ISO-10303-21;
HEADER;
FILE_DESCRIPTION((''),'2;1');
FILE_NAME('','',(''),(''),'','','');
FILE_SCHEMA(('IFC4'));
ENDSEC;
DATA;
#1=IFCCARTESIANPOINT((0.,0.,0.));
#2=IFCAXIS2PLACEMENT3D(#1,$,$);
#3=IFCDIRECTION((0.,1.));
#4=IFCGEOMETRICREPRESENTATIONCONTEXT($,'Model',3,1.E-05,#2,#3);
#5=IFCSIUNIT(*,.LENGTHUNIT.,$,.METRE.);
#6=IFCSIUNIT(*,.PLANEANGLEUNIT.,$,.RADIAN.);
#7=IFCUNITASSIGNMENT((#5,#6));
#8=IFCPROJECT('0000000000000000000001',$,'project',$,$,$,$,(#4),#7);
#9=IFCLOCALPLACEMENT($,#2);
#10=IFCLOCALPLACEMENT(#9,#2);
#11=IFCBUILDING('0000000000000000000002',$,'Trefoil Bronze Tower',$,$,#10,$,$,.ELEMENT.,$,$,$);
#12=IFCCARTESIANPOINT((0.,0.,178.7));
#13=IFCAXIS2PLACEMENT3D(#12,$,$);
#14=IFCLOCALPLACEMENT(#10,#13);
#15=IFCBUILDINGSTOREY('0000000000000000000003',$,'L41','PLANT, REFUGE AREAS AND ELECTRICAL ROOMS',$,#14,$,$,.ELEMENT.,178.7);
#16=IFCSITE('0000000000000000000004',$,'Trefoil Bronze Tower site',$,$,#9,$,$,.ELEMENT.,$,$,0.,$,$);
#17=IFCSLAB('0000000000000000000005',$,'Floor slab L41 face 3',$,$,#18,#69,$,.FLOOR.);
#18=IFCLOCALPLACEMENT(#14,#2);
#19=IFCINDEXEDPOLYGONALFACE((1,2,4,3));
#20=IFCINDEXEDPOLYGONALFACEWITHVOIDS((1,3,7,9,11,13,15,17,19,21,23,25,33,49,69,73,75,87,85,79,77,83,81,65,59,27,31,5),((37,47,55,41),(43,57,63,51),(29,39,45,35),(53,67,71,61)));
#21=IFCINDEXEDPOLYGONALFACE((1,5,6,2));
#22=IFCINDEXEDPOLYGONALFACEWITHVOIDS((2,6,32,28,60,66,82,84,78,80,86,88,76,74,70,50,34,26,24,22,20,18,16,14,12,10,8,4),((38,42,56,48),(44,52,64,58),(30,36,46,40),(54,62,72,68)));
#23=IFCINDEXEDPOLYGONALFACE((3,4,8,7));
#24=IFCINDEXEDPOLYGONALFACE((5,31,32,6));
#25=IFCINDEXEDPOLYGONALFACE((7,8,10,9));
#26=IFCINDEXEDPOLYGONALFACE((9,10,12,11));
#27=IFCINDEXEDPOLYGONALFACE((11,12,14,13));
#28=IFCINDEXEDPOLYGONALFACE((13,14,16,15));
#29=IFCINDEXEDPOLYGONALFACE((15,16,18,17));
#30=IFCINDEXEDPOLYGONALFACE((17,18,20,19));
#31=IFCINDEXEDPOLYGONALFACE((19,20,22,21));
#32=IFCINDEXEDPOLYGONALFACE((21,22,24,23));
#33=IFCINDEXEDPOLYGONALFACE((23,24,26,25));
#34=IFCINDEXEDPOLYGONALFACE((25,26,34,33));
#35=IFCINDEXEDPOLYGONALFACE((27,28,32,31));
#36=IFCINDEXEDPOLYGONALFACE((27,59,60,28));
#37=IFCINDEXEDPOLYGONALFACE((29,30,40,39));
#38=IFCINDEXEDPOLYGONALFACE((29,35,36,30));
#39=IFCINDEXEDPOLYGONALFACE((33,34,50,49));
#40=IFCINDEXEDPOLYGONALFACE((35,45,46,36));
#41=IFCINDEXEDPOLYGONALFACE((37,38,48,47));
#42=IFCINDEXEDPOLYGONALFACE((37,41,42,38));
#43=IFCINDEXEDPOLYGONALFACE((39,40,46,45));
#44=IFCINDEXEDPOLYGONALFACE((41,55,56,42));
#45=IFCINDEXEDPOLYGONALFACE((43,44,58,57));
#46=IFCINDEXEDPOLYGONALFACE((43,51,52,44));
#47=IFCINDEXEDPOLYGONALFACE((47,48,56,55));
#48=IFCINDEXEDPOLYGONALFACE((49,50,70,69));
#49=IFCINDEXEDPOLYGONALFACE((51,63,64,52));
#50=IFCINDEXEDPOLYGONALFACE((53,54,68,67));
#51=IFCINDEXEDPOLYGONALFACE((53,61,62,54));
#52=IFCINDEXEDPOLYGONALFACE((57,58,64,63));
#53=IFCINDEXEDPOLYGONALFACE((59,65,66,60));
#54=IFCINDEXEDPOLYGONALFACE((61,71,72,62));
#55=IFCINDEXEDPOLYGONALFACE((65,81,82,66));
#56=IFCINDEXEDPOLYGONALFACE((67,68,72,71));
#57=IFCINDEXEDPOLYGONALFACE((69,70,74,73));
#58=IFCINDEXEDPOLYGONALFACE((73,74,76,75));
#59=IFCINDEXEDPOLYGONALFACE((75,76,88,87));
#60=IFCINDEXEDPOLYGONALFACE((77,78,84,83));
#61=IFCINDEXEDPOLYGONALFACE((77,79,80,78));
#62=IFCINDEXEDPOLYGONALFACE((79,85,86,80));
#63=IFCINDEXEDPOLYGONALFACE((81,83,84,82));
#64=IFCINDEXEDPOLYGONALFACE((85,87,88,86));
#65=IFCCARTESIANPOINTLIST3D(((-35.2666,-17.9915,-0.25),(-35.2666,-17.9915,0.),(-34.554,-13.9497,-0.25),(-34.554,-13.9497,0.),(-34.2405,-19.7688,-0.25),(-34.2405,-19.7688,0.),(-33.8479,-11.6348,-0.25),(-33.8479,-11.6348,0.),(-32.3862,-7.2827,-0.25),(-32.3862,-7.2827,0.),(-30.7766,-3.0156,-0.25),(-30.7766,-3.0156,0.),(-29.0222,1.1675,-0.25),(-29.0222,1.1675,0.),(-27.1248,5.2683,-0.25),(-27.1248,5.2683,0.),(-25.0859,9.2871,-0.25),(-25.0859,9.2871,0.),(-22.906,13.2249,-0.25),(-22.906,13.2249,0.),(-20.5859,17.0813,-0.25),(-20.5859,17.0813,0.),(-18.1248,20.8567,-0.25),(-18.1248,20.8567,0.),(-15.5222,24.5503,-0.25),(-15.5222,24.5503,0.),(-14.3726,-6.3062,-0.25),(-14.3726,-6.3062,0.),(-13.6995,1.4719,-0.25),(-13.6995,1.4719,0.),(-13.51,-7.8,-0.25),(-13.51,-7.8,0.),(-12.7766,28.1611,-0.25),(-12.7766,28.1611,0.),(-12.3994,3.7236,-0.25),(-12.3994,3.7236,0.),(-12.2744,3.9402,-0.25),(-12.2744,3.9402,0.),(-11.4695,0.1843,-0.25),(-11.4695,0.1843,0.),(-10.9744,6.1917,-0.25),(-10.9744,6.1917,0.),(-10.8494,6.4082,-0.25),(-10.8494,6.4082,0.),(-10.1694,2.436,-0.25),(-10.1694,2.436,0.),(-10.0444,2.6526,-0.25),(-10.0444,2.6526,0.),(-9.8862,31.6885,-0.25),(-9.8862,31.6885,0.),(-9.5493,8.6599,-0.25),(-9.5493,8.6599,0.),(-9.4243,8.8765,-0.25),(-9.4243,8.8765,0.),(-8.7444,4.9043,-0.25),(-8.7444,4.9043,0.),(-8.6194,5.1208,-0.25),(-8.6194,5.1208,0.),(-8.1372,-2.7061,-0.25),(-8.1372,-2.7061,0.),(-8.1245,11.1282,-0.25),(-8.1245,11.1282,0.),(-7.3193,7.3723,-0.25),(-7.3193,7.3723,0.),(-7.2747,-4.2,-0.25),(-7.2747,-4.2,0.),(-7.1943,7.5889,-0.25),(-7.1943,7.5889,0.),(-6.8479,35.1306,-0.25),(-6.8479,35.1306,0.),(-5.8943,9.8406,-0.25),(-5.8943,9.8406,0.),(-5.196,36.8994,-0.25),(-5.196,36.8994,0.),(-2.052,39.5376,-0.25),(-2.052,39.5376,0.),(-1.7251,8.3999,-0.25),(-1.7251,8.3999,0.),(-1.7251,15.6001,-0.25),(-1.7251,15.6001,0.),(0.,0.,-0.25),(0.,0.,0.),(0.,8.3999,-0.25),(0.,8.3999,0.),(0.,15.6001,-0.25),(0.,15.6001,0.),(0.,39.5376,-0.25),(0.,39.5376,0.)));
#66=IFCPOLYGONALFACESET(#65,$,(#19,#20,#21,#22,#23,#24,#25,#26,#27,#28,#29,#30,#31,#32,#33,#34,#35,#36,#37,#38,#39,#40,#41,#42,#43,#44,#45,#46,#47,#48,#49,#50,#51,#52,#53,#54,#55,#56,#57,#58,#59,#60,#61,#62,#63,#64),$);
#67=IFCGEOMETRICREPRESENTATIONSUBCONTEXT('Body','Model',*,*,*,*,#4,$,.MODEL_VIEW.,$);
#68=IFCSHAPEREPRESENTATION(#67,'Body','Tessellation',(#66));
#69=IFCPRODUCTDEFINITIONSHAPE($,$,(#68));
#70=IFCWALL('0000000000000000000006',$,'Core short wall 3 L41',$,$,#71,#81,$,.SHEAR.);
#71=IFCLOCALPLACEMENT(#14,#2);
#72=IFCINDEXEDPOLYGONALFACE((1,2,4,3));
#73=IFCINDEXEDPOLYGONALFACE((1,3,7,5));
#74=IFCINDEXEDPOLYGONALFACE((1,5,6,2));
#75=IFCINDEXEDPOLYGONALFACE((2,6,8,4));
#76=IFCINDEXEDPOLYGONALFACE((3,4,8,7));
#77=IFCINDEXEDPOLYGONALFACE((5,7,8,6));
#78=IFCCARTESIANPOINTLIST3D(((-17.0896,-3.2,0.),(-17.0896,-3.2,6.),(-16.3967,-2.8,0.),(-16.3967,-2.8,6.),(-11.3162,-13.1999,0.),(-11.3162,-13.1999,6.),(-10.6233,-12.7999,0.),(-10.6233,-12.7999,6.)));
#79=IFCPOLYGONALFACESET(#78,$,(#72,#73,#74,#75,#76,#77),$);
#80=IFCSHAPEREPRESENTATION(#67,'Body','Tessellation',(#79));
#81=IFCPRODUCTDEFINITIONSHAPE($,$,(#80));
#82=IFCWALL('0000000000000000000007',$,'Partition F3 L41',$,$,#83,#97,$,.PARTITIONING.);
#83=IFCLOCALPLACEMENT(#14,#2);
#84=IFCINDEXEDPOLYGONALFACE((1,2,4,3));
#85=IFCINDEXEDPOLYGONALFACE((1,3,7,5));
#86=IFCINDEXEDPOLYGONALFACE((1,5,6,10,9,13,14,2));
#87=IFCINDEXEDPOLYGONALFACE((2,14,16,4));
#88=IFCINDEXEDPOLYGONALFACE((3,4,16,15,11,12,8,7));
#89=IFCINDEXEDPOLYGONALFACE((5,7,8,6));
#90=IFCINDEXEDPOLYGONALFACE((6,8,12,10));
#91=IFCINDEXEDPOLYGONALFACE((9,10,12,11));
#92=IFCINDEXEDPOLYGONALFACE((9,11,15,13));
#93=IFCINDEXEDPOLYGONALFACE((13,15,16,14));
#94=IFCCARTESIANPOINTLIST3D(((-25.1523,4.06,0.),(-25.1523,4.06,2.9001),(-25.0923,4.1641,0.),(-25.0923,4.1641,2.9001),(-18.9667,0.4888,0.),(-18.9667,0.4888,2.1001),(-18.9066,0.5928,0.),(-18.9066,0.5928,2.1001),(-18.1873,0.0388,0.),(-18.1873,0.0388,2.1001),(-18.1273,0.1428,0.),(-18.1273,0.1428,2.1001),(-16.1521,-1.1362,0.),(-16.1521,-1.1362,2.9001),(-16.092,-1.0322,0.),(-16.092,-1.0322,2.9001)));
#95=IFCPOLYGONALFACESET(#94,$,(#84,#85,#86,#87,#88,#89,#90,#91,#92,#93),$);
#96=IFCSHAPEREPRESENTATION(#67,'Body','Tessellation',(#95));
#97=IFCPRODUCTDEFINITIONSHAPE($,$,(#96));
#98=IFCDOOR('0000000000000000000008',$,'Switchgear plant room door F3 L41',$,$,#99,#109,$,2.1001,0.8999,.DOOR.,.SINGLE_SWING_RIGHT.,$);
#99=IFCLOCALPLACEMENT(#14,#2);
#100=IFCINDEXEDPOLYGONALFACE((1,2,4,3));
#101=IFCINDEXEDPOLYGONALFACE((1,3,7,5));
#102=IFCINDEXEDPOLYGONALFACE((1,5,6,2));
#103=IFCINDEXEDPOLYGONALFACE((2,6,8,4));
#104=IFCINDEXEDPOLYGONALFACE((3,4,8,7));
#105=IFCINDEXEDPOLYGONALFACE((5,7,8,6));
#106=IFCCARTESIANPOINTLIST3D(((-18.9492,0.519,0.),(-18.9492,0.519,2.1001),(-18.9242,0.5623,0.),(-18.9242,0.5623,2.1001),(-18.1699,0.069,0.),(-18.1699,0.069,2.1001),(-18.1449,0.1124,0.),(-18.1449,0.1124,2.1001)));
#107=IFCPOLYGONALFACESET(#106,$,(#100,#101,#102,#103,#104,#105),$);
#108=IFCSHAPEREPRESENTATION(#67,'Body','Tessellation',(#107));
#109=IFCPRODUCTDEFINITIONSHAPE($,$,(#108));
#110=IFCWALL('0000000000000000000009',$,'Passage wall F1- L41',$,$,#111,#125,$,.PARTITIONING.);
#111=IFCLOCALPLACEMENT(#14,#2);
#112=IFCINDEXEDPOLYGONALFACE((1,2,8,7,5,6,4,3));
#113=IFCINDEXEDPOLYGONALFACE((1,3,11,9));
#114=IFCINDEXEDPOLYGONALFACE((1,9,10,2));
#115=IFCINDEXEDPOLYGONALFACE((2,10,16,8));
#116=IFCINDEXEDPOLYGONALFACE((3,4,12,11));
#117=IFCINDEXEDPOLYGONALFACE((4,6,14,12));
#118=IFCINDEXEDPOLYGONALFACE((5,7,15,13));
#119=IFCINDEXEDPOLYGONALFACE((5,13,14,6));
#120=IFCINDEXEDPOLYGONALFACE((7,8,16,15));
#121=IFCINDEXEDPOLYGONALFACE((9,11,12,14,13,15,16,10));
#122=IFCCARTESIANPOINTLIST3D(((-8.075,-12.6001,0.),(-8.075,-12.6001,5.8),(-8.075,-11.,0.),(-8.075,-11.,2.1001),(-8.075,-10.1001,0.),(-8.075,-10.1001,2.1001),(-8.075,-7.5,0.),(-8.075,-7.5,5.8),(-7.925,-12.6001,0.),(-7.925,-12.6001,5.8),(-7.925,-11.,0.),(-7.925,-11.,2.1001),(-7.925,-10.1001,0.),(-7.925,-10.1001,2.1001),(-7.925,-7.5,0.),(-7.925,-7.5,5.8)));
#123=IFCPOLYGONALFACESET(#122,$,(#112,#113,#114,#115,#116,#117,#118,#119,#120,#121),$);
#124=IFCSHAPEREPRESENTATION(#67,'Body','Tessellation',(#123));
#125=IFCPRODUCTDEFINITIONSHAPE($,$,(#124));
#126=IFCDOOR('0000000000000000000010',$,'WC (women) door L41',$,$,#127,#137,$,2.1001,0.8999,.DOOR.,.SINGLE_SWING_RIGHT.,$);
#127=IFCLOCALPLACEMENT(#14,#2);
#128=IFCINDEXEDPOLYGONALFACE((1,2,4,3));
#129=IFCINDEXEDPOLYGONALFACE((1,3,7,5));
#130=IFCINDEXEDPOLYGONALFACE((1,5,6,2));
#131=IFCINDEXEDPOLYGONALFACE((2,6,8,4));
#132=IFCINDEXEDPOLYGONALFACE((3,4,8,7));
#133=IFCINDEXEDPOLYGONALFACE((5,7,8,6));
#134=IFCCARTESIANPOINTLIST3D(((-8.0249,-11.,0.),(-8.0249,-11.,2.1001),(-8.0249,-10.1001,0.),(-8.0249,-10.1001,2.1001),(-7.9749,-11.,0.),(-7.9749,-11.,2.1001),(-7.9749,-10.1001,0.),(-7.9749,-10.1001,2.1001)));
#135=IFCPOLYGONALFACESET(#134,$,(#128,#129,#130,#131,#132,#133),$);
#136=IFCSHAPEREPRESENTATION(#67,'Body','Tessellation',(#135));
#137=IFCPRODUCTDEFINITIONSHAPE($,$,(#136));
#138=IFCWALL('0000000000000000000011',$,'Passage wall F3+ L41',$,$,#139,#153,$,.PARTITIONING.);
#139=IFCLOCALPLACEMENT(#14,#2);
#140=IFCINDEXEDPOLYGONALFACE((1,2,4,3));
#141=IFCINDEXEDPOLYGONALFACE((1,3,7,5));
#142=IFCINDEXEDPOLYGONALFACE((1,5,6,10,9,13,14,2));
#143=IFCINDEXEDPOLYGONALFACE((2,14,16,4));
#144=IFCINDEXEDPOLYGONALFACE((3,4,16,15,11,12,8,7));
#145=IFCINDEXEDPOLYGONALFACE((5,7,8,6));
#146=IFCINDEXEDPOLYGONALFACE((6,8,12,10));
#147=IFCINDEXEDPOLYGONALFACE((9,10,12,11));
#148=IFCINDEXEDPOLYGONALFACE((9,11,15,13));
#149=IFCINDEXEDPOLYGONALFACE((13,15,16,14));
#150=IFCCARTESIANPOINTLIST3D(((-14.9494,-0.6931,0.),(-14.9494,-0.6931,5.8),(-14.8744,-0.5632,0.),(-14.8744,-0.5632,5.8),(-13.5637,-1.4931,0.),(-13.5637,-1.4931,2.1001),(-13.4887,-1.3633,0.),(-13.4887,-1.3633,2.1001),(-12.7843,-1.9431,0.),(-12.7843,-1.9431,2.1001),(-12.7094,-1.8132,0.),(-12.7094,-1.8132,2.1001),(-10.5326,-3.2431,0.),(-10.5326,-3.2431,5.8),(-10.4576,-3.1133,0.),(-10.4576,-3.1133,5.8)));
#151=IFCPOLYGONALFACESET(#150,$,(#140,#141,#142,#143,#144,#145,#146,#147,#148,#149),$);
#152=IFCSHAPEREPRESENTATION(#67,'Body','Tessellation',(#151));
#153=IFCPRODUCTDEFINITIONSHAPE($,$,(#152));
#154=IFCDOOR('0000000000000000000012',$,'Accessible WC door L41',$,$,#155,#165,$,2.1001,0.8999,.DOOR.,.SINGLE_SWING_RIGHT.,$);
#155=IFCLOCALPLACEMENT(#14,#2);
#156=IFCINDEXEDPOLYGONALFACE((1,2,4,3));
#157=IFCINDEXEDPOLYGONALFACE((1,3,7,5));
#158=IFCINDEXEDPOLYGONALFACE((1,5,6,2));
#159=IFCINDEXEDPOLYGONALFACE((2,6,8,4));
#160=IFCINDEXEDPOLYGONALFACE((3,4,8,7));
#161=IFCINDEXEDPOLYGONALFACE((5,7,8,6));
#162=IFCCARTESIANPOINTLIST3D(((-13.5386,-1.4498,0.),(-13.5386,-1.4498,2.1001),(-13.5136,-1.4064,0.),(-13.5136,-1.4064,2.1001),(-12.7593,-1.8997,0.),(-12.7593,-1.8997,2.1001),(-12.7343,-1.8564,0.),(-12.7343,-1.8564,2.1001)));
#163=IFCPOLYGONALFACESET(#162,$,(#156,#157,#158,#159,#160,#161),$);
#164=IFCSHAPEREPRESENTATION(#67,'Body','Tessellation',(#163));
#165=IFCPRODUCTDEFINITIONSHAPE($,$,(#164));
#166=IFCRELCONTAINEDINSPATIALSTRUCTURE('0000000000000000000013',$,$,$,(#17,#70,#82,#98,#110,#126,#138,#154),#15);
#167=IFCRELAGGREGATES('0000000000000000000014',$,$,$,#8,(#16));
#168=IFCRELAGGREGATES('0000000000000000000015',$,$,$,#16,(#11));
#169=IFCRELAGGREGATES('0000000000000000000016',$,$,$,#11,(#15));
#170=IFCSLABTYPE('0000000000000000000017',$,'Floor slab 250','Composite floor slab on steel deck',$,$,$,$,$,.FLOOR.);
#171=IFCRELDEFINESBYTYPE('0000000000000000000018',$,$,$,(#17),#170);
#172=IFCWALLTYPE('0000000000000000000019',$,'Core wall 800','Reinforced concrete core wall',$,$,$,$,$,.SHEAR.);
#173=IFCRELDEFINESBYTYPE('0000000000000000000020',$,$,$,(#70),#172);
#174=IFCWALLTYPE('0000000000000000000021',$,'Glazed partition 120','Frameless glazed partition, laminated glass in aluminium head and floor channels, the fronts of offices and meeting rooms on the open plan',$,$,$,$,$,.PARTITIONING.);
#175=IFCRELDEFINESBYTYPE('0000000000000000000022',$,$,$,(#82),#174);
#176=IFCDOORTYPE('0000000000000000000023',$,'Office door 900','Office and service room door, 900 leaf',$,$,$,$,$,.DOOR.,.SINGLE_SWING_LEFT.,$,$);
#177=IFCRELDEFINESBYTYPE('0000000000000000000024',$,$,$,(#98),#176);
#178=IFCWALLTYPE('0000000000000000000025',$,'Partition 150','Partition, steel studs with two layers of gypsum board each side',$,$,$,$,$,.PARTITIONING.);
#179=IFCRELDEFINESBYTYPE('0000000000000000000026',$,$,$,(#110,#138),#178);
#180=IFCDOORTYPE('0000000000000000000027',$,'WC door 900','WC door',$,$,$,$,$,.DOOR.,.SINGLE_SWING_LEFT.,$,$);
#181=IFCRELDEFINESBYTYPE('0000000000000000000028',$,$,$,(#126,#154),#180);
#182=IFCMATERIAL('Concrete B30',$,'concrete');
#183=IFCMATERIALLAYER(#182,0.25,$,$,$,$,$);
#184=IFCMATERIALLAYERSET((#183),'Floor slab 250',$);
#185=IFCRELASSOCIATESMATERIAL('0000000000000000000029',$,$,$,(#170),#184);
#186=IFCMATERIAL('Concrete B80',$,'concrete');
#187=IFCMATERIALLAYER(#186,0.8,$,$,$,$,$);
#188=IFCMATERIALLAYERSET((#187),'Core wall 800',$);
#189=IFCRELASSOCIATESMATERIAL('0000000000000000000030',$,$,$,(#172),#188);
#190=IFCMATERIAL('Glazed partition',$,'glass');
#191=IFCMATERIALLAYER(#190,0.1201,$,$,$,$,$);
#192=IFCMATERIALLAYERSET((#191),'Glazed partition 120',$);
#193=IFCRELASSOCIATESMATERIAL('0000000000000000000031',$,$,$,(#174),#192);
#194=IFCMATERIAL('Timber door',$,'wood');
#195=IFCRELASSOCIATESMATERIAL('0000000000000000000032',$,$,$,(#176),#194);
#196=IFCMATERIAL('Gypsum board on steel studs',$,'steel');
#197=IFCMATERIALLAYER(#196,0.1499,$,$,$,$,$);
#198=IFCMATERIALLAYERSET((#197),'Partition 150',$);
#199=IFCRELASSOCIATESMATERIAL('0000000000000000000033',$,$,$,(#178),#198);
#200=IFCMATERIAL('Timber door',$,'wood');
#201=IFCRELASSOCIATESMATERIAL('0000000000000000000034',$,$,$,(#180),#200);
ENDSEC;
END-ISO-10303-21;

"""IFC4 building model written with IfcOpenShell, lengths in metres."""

from ifc_helpers import new_model, si_unit, direction, frame, frame_2d, origin, place, context, subcontext, project, spatial, polyline, rectangle, outline, extrude, material, layer, layer_set, type_object, element, fill, save


model = new_model("IFC4")

# Units and contexts
model_context = context("Model", 3, precision=1e-05, world=origin(), true_north=direction((0.0, 1.0)))
body_context = subcontext(model_context, "Body", "Model", "MODEL_VIEW")
ifc_project = project(units=[si_unit("LENGTHUNIT", "METRE"), si_unit("PLANEANGLEUNIT", "RADIAN")], contexts=[model_context])

# Site, building, storey
site_placement = place(None, origin())
site = spatial("IfcSite", under=ifc_project, at=site_placement, Name="Trefoil Bronze Tower site", CompositionType="ELEMENT", RefElevation=0.0)
building_placement = place(site_placement, origin())
building = spatial("IfcBuilding", under=site, at=building_placement, Name="Trefoil Bronze Tower", CompositionType="ELEMENT")
storey_placement = place(building_placement, frame((0.0, 0.0, 178.7)))
storey = spatial("IfcBuildingStorey", under=building, at=storey_placement, Name="L41", Description="PLANT, REFUGE AREAS AND ELECTRICAL ROOMS", CompositionType="ELEMENT", Elevation=178.7)

# Slab
ifc_material_1 = material(Name="Concrete B30", Category="concrete")
ifc_layer_1 = layer(ifc_material_1, 0.25)
ifc_layer_set_1 = layer_set([ifc_layer_1], Name="Floor slab 250")
slab_type = type_object("IfcSlabType", Name="Floor slab 250", Description="Composite floor slab on steel deck", PredefinedType="FLOOR", material=ifc_layer_set_1)
slab_1_placement = place(storey_placement, frame((0.0, 0.0, -0.25)))
element("IfcSlab", 1, at=slab_1_placement, inside=storey, type_object=slab_type, Name="Floor slab L41 face 3", PredefinedType="FLOOR", context=body_context, shape_type="SweptSolid", body=[
    extrude(outline(polyline([(-32.3862, -7.2827), (-30.7766, -3.0156), (-29.0222, 1.1675), (-27.1248, 5.2683), (-25.0859, 9.2871), (-22.906, 13.2249), (-20.5859, 17.0813), (-18.1248, 20.8567), (-15.5222, 24.5503), (-12.7766, 28.1611), (-9.8862, 31.6885), (-6.8479, 35.1306), (-5.196, 36.8994), (-2.052, 39.5376), (0.0, 39.5376), (0.0, 15.6001), (-1.7251, 15.6001), (-1.7251, 8.3999), (0.0, 8.3999), (0.0, 0.0), (-7.2747, -4.2), (-8.1372, -2.7061), (-14.3726, -6.3062), (-13.51, -7.8), (-34.2405, -19.7688), (-35.2666, -17.9915), (-34.554, -13.9497), (-33.8479, -11.6348), (-32.3862, -7.2827)]), holes=[polyline([(-5.8943, 9.8406), (-7.1943, 7.5889), (-9.4243, 8.8765), (-8.1245, 11.1282), (-5.8943, 9.8406)]), polyline([(-7.3193, 7.3723), (-8.6194, 5.1208), (-10.8494, 6.4082), (-9.5493, 8.6599), (-7.3193, 7.3723)]), polyline([(-8.7444, 4.9043), (-10.0444, 2.6526), (-12.2744, 3.9402), (-10.9744, 6.1917), (-8.7444, 4.9043)]), polyline([(-10.1694, 2.436), (-11.4695, 0.1843), (-13.6995, 1.4719), (-12.3994, 3.7236), (-10.1694, 2.436)])]), origin(), (0.0, 0.0, 1.0), 0.25),
])

# Wall
ifc_material_2 = material(Name="Concrete B80", Category="concrete")
ifc_layer_2 = layer(ifc_material_2, 0.8)
ifc_layer_set_2 = layer_set([ifc_layer_2], Name="Core wall 800")
wall_type_1 = type_object("IfcWallType", Name="Core wall 800", Description="Reinforced concrete core wall", PredefinedType="SHEAR", material=ifc_layer_set_2)
wall_1_placement = place(storey_placement, frame((-16.7432, -3.0, 0.0), z_axis=(0.0, 0.0, 1.0), x_axis=(0.499996, -0.866028, 0.0)))
element("IfcWall", 2, at=wall_1_placement, inside=storey, type_object=wall_type_1, Name="Core short wall 3 L41", PredefinedType="SHEAR", context=body_context, shape_type="SweptSolid", body=[
    extrude(rectangle(XDim=11.5469, YDim=0.8, at=frame_2d((5.7734, 0.0))), origin(), (0.0, 0.0, 1.0), 6.0),
])

# Walls, openings, doors
ifc_material_3 = material(Name="Glazed partition", Category="glass")
ifc_layer_3 = layer(ifc_material_3, 0.1201)
ifc_layer_set_3 = layer_set([ifc_layer_3], Name="Glazed partition 120")
wall_type_2 = type_object("IfcWallType", Name="Glazed partition 120", Description="Frameless glazed partition, laminated glass in aluminium head and floor channels, the fronts of offices and meeting rooms on the open plan", PredefinedType="PARTITIONING", material=ifc_layer_set_3)
wall_2_placement = place(storey_placement, frame((-16.1221, -1.0842, 0.0), z_axis=(0.0, 0.0, 1.0), x_axis=(-0.866026, 0.5, 0.0)))
wall_2 = element("IfcWall", 3, at=wall_2_placement, inside=storey, type_object=wall_type_2, Name="Partition F3 L41", PredefinedType="PARTITIONING", context=body_context, shape_type="SweptSolid", body=[
    extrude(rectangle(XDim=10.3926, YDim=0.1201, at=frame_2d((5.1963, 0.0))), origin(), (0.0, 0.0, 1.0), 2.9001),
])
opening_1_placement = place(wall_2_placement, frame((2.3501, 0.0, 0.0)))
opening_1 = element("IfcOpeningElement", 4, at=opening_1_placement, cuts=wall_2, PredefinedType="OPENING", context=body_context, shape_type="SweptSolid", body=[
    extrude(rectangle(XDim=0.8999, YDim=2.1001, at=frame_2d((0.45, 1.05))), frame((0.0, 0.0701, 0.0), z_axis=(0.0, -1.0, 0.0), x_axis=(1.0, 0.0, 0.0)), (0.0, 0.0, 1.0), 0.1401),
])
ifc_material_4 = material(Name="Timber door", Category="wood")
door_type_1 = type_object("IfcDoorType", Name="Office door 900", Description="Office and service room door, 900 leaf", OperationType="SINGLE_SWING_LEFT", PredefinedType="DOOR", material=ifc_material_4)
door_1_placement = place(opening_1_placement, frame((0.8999, 0.0, 0.0), z_axis=(0.0, 0.0, 1.0), x_axis=(-1.0, 0.0, 0.0)))
door_1 = element("IfcDoor", 5, at=door_1_placement, inside=storey, type_object=door_type_1, Name="Switchgear plant room door F3 L41", OperationType="SINGLE_SWING_RIGHT", OverallHeight=2.1001, OverallWidth=0.8999, PredefinedType="DOOR", context=body_context, shape_type="SweptSolid", body=[
    extrude(rectangle(XDim=0.8999, YDim=2.1001, at=frame_2d((0.45, 1.05))), frame((0.0, 0.0249, 0.0), z_axis=(0.0, -1.0, 0.0), x_axis=(1.0, 0.0, 0.0)), (0.0, 0.0, 1.0), 0.05),
])
fill(opening_1, door_1)
ifc_material_5 = material(Name="Gypsum board on steel studs", Category="steel")
ifc_layer_4 = layer(ifc_material_5, 0.1499)
ifc_layer_set_4 = layer_set([ifc_layer_4], Name="Partition 150")
wall_type_3 = type_object("IfcWallType", Name="Partition 150", Description="Partition, steel studs with two layers of gypsum board each side", PredefinedType="PARTITIONING", material=ifc_layer_set_4)
wall_3_placement = place(storey_placement, frame((-8.0, -7.5, 0.0), z_axis=(0.0, 0.0, 1.0), x_axis=(0.0, -1.0, 0.0)))
wall_3 = element("IfcWall", 6, at=wall_3_placement, inside=storey, type_object=wall_type_3, Name="Passage wall F1- L41", PredefinedType="PARTITIONING", context=body_context, shape_type="SweptSolid", body=[
    extrude(rectangle(XDim=5.1001, YDim=0.1499, at=frame_2d((2.55, 0.0))), origin(), (0.0, 0.0, 1.0), 5.8),
])
opening_2_placement = place(wall_3_placement, frame((2.6001, 0.0, 0.0)))
opening_2 = element("IfcOpeningElement", 7, at=opening_2_placement, cuts=wall_3, PredefinedType="OPENING", context=body_context, shape_type="SweptSolid", body=[
    extrude(rectangle(XDim=0.8999, YDim=2.1001, at=frame_2d((0.45, 1.05))), frame((0.0, 0.085, 0.0), z_axis=(0.0, -1.0, 0.0), x_axis=(1.0, 0.0, 0.0)), (0.0, 0.0, 1.0), 0.1699),
])
ifc_material_6 = material(Name="Timber door", Category="wood")
door_type_2 = type_object("IfcDoorType", Name="WC door 900", Description="WC door", OperationType="SINGLE_SWING_LEFT", PredefinedType="DOOR", material=ifc_material_6)
door_2_placement = place(opening_2_placement, frame((0.8999, 0.0, 0.0), z_axis=(0.0, 0.0, 1.0), x_axis=(-1.0, 0.0, 0.0)))
door_2 = element("IfcDoor", 8, at=door_2_placement, inside=storey, type_object=door_type_2, Name="WC (women) door L41", OperationType="SINGLE_SWING_RIGHT", OverallHeight=2.1001, OverallWidth=0.8999, PredefinedType="DOOR", context=body_context, shape_type="SweptSolid", body=[
    extrude(rectangle(XDim=0.8999, YDim=2.1001, at=frame_2d((0.45, 1.05))), frame((0.0, 0.0249, 0.0), z_axis=(0.0, -1.0, 0.0), x_axis=(1.0, 0.0, 0.0)), (0.0, 0.0, 1.0), 0.05),
])
fill(opening_2, door_2)
wall_4_placement = place(storey_placement, frame((-10.4951, -3.1782, 0.0), z_axis=(0.0, 0.0, 1.0), x_axis=(-0.866022, 0.500006, 0.0)))
wall_4 = element("IfcWall", 9, at=wall_4_placement, inside=storey, type_object=wall_type_3, Name="Passage wall F3+ L41", PredefinedType="PARTITIONING", context=body_context, shape_type="SweptSolid", body=[
    extrude(rectangle(XDim=5.1001, YDim=0.1499, at=frame_2d((2.55, 0.0))), origin(), (0.0, 0.0, 1.0), 5.8),
])
opening_3_placement = place(wall_4_placement, frame((2.6001, 0.0, 0.0)))
opening_3 = element("IfcOpeningElement", 10, at=opening_3_placement, cuts=wall_4, PredefinedType="OPENING", context=body_context, shape_type="SweptSolid", body=[
    extrude(rectangle(XDim=0.8999, YDim=2.1001, at=frame_2d((0.45, 1.05))), frame((0.0, 0.085, 0.0), z_axis=(0.0, -1.0, 0.0), x_axis=(1.0, 0.0, 0.0)), (0.0, 0.0, 1.0), 0.1699),
])
door_3_placement = place(opening_3_placement, origin())
door_3 = element("IfcDoor", 11, at=door_3_placement, inside=storey, type_object=door_type_2, Name="Accessible WC door L41", OperationType="SINGLE_SWING_RIGHT", OverallHeight=2.1001, OverallWidth=0.8999, PredefinedType="DOOR", context=body_context, shape_type="SweptSolid", body=[
    extrude(rectangle(XDim=0.8999, YDim=2.1001, at=frame_2d((0.45, 1.05))), frame((0.0, 0.0249, 0.0), z_axis=(0.0, -1.0, 0.0), x_axis=(1.0, 0.0, 0.0)), (0.0, 0.0, 1.0), 0.05),
])
fill(opening_3, door_3)

save(model, "model.ifc")
